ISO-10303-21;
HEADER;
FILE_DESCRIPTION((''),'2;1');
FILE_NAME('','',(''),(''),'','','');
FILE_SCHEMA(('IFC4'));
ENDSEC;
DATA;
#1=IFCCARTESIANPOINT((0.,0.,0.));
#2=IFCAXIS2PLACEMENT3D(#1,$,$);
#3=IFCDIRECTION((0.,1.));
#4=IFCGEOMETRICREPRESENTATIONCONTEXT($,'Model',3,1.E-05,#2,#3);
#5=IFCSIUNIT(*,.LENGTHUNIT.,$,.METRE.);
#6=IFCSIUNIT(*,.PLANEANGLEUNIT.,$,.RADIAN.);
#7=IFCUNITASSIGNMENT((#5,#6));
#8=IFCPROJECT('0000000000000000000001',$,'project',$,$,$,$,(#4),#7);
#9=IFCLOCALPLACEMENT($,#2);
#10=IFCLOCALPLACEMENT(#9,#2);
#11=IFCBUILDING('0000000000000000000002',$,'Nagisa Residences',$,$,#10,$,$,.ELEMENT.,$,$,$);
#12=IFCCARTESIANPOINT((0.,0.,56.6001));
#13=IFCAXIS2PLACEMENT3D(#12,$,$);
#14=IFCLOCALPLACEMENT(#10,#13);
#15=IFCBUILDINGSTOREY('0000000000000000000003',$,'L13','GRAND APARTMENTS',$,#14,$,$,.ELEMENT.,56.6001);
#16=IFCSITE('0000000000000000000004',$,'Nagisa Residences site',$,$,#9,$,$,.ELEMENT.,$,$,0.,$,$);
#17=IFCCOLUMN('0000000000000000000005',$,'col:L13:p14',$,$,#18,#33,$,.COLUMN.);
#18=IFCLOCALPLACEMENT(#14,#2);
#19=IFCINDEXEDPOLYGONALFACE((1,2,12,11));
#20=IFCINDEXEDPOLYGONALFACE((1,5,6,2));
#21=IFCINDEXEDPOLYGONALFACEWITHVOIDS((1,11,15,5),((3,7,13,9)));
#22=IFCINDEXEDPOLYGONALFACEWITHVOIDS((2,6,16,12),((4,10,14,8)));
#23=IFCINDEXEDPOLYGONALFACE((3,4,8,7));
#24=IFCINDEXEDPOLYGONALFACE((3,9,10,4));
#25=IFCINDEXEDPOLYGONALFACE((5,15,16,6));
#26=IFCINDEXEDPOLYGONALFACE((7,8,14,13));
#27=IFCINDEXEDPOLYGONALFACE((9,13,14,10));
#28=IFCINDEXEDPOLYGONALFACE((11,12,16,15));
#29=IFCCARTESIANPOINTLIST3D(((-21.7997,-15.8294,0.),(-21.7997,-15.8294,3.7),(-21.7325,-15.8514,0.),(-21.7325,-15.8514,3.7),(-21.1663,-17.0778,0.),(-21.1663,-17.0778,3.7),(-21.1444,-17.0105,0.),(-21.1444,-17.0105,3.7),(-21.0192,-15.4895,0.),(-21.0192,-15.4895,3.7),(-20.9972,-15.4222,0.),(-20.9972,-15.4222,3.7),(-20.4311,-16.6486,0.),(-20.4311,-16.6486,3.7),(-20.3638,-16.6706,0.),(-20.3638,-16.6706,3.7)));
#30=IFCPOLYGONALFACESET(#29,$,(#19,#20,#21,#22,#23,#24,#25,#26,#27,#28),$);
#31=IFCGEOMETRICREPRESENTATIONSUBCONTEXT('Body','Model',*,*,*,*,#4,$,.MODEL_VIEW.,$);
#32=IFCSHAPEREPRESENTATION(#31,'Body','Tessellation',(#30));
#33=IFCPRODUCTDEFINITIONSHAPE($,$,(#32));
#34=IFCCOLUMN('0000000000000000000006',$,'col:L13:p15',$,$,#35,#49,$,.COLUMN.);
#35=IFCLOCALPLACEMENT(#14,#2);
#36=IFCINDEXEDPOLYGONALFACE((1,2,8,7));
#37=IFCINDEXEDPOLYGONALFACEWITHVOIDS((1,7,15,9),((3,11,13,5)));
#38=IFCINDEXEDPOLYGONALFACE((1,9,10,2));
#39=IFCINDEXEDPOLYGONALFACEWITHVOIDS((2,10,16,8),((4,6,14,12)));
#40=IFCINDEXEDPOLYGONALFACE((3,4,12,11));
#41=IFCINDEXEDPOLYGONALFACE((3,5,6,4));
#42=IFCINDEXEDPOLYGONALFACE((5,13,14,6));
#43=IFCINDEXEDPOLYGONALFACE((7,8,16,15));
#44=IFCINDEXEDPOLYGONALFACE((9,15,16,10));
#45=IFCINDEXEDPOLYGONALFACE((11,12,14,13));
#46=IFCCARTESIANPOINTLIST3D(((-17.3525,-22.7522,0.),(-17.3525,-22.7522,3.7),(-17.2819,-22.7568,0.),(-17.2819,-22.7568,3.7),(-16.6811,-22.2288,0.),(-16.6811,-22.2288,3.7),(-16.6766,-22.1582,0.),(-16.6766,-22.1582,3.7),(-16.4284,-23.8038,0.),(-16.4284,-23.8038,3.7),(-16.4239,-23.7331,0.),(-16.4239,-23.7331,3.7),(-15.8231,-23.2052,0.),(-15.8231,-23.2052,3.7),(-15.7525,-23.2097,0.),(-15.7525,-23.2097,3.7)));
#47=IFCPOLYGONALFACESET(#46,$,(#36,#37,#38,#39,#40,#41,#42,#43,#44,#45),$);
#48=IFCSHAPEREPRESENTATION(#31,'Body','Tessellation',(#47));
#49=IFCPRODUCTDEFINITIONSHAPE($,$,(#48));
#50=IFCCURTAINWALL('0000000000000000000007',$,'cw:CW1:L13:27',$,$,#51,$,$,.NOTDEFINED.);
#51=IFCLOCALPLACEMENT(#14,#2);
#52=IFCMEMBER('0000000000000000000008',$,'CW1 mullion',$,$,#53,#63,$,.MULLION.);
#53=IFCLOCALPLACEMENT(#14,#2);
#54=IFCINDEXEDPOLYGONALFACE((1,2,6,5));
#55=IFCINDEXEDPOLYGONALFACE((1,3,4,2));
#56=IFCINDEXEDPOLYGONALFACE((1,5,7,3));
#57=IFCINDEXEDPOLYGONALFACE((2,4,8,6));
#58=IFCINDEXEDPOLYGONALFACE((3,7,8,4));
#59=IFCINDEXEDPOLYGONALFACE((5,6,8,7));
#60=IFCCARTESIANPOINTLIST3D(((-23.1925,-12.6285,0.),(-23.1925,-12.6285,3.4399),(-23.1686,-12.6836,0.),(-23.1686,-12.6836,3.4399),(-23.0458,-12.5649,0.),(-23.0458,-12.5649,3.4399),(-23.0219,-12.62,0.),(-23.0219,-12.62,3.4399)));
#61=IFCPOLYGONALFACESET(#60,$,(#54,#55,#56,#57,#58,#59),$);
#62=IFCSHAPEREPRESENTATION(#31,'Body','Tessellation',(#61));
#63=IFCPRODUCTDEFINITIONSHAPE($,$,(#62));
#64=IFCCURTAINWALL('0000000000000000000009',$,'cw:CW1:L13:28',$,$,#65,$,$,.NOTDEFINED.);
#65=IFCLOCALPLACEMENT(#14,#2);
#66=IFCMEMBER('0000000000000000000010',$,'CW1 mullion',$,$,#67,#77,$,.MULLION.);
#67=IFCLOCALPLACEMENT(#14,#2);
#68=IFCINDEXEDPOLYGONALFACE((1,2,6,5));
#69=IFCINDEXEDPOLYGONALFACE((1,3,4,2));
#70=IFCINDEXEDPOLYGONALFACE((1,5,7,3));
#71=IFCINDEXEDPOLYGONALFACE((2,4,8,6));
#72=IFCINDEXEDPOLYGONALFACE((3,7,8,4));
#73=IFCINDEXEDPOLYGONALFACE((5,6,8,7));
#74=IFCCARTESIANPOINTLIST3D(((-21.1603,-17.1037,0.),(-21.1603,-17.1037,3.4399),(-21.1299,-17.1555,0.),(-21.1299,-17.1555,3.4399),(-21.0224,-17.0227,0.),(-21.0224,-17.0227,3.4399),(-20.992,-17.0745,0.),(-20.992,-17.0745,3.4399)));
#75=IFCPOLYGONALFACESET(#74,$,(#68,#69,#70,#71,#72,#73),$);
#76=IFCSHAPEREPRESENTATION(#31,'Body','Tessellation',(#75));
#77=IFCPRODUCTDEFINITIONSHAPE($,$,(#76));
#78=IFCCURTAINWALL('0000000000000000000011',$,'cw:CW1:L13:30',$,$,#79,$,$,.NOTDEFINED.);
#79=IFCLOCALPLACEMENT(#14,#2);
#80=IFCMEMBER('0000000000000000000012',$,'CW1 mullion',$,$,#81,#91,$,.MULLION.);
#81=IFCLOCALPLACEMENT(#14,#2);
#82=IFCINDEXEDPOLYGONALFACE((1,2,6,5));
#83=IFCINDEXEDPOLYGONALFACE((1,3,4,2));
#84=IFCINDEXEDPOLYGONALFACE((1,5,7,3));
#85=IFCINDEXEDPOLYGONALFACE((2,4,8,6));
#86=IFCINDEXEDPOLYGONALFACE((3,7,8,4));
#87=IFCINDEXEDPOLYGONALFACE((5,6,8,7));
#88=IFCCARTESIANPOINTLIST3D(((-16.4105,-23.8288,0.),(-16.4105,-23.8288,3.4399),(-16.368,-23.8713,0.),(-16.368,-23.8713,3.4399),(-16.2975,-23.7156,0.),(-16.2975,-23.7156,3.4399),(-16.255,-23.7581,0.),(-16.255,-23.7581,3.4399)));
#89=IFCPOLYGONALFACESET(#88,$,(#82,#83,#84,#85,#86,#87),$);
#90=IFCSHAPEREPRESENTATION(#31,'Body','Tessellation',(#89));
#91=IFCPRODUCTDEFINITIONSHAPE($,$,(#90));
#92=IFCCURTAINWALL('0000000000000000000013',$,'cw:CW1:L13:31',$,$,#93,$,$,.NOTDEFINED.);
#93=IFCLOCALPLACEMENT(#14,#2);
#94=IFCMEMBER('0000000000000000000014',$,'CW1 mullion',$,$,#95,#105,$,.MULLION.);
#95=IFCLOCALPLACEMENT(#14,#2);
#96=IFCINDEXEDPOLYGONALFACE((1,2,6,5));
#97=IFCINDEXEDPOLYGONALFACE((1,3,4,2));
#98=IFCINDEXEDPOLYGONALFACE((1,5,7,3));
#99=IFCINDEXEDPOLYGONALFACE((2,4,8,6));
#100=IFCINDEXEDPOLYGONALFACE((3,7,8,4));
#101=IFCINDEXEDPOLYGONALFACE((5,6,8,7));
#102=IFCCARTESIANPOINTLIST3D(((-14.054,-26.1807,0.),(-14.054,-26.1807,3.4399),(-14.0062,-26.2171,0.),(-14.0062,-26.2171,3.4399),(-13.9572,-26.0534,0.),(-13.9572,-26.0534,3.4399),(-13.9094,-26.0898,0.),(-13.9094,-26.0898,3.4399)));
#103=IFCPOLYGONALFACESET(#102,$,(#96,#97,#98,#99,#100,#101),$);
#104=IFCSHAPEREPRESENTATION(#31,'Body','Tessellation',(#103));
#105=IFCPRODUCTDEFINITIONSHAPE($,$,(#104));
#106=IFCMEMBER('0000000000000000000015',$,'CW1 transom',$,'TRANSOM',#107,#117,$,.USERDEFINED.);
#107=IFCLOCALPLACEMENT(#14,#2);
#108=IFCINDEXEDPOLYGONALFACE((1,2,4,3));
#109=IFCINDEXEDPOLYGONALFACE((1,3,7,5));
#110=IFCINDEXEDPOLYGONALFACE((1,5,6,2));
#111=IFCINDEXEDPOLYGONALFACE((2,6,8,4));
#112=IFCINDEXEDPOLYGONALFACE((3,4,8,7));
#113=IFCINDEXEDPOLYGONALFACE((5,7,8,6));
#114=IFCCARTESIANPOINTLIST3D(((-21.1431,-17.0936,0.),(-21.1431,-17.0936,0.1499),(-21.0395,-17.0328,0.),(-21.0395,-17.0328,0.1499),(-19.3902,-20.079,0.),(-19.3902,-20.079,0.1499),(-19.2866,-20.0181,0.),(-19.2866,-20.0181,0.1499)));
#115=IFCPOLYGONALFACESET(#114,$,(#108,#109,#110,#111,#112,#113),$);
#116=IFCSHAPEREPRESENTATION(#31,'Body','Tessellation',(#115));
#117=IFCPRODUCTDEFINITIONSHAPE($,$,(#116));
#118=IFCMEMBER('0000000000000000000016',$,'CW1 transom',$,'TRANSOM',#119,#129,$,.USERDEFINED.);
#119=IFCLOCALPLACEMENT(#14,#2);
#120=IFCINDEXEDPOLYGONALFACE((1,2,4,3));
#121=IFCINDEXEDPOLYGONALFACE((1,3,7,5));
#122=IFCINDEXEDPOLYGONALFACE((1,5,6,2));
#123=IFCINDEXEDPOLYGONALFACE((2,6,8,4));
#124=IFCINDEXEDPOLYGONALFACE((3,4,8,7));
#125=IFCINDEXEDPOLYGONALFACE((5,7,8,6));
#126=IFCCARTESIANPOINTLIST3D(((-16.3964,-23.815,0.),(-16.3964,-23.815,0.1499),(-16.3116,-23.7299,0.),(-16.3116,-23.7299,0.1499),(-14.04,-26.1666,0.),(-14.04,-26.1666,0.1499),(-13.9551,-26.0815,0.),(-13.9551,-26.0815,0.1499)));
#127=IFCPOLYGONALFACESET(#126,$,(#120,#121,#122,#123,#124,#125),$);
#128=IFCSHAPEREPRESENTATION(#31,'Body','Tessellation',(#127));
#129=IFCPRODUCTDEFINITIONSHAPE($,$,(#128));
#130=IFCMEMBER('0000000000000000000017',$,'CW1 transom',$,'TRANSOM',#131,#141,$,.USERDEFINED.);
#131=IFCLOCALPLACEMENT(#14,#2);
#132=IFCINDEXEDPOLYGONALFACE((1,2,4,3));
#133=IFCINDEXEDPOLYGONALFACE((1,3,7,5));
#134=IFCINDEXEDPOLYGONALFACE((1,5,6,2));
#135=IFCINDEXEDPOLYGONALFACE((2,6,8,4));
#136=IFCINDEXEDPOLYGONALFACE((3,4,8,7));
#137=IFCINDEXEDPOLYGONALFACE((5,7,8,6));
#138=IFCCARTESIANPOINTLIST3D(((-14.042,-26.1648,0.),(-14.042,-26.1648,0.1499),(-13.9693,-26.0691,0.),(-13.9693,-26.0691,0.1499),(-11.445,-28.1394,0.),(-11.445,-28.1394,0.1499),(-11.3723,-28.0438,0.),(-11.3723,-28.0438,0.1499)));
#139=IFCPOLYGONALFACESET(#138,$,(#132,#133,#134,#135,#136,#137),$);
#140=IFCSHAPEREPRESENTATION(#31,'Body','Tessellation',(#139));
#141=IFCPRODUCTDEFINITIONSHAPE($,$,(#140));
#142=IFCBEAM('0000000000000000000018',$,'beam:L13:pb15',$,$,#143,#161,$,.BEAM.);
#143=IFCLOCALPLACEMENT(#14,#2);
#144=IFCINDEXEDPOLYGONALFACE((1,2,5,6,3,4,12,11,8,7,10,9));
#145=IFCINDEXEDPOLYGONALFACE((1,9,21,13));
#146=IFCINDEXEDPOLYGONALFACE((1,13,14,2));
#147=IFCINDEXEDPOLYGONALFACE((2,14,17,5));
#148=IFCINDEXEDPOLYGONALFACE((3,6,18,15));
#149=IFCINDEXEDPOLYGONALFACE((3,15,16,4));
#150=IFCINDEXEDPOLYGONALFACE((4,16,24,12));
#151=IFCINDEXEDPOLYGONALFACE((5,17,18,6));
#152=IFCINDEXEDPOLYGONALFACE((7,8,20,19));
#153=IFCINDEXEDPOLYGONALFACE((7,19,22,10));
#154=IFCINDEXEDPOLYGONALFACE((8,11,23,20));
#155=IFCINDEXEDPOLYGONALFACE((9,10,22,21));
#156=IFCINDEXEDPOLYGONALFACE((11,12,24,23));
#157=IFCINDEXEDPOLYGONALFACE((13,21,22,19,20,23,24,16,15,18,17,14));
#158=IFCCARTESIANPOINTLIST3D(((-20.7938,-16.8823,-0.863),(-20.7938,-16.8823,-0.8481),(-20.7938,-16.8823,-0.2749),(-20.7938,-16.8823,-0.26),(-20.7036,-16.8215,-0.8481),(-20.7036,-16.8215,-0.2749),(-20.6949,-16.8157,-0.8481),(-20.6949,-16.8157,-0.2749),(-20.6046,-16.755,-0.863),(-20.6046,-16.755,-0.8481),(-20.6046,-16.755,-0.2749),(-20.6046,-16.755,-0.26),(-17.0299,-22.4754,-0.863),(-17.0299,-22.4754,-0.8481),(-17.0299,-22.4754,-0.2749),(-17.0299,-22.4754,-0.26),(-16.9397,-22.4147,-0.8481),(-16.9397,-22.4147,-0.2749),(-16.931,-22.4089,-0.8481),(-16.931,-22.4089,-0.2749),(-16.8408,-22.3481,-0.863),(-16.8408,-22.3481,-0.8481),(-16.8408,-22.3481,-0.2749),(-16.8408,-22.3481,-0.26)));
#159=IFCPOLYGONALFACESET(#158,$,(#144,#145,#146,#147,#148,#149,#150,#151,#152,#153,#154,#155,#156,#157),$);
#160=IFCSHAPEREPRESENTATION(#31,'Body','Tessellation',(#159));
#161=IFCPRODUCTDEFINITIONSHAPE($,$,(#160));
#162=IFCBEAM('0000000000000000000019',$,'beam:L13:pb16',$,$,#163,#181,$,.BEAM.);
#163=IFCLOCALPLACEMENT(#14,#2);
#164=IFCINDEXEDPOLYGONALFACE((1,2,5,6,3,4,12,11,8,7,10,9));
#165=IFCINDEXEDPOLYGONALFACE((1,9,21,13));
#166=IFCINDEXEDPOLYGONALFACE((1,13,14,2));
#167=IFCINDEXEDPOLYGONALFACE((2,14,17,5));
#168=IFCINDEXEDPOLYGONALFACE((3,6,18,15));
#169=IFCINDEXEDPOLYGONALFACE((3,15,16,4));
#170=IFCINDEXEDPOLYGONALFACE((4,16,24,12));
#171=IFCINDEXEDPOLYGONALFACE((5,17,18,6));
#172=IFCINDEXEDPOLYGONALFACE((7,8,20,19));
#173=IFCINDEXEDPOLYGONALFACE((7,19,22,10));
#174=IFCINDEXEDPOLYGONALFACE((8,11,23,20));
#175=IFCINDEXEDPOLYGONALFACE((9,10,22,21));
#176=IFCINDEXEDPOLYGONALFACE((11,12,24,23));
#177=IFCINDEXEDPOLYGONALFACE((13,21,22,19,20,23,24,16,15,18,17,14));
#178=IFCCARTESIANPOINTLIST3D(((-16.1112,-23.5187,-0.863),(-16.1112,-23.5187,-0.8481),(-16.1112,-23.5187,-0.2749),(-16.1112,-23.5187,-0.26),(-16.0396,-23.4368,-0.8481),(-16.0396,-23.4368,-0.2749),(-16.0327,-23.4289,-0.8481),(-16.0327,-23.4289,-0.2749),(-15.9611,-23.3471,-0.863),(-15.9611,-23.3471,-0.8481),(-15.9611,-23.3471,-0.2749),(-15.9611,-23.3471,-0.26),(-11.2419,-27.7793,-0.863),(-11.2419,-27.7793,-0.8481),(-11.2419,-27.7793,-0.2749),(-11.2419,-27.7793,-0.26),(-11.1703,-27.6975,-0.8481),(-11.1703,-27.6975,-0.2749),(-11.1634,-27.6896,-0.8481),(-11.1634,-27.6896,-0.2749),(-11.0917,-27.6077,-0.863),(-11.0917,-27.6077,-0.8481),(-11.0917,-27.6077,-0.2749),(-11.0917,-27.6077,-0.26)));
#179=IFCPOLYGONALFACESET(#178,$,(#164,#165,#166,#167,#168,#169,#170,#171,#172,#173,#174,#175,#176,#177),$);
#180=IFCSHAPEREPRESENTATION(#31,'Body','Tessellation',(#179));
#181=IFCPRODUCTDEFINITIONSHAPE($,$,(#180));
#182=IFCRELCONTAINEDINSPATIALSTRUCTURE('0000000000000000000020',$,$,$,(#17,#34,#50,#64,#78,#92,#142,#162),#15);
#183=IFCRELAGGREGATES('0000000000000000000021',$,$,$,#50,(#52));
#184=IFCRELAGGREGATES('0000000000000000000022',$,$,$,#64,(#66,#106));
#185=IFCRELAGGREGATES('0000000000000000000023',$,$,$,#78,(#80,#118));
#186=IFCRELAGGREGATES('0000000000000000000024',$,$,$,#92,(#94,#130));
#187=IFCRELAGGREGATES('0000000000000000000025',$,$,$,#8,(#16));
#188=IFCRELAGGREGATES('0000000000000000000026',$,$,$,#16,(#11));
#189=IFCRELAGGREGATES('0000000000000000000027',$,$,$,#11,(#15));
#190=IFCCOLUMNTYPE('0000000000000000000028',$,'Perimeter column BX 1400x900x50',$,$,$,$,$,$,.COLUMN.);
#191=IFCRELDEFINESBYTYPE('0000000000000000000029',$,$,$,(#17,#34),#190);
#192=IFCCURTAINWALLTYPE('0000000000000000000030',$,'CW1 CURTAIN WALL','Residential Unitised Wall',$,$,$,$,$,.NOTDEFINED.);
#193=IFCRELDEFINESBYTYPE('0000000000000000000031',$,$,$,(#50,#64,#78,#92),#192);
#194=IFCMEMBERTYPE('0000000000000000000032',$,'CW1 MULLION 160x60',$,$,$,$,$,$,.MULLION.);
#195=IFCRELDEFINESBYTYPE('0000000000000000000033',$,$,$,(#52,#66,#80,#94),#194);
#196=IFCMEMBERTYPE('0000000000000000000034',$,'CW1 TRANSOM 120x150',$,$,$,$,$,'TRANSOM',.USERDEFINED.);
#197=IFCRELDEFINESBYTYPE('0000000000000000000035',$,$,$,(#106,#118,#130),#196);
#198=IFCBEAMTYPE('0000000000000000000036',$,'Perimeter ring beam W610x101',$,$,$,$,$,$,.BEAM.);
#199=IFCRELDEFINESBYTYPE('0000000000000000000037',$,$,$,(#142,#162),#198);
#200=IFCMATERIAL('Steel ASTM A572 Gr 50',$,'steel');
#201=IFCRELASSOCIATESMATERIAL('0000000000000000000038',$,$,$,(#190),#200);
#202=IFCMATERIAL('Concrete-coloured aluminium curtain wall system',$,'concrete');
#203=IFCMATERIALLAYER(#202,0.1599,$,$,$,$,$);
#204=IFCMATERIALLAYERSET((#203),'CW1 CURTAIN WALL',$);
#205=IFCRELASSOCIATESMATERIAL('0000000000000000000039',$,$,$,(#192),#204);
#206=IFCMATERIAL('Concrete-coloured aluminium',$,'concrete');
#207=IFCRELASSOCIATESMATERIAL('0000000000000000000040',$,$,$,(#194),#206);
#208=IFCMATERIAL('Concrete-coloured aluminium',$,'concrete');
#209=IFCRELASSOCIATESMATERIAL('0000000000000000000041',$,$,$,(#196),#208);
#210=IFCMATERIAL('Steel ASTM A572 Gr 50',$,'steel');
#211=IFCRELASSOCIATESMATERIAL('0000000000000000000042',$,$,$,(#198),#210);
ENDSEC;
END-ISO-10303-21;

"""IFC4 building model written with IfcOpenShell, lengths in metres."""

from ifc_helpers import new_model, si_unit, direction, frame, origin, origin_2d, place, context, subcontext, project, spatial, rectangle, hollow_rectangle, i_section, extrude, material, layer, layer_set, material_profile, profile_set, type_object, element, aggregate, save


model = new_model("IFC4")

# Units and contexts
model_context = context("Model", 3, precision=1e-05, world=origin(), true_north=direction((0.0, 1.0)))
body_context = subcontext(model_context, "Body", "Model", "MODEL_VIEW")
ifc_project = project(units=[si_unit("LENGTHUNIT", "METRE"), si_unit("PLANEANGLEUNIT", "RADIAN")], contexts=[model_context])

# Site, building, storey
site_placement = place(None, origin())
site = spatial("IfcSite", under=ifc_project, at=site_placement, Name="Nagisa Residences site", CompositionType="ELEMENT", RefElevation=0.0)
building_placement = place(site_placement, origin())
building = spatial("IfcBuilding", under=site, at=building_placement, Name="Nagisa Residences", CompositionType="ELEMENT")
storey_placement = place(building_placement, frame((0.0, 0.0, 56.6001)))
storey = spatial("IfcBuildingStorey", under=building, at=storey_placement, Name="L13", Description="GRAND APARTMENTS", CompositionType="ELEMENT", Elevation=56.6001)

# Columns
ifc_material_1 = material(Name="Steel ASTM A572 Gr 50", Category="steel")
ifc_material_profile_1 = material_profile(ifc_material_1, hollow_rectangle(XDim=1.3999, YDim=0.8999, WallThickness=0.05, at=origin_2d()), Name="BX 1400x900x50")
ifc_profile_set_1 = profile_set([ifc_material_profile_1], Name="Steel ASTM A572 Gr 50")
column_type = type_object("IfcColumnType", Name="Perimeter column BX 1400x900x50", PredefinedType="COLUMN", material=ifc_profile_set_1)
for number, where, z_axis, x_axis, name in (
    (1, (-21.0818, -16.25, 0.0), (0.0, 0.0, 1.0), (0.452463, -0.891783, 0.0), "col:L13:p14"),
    (2, (-16.5525, -22.981, 0.0), (0.0, 0.0, 1.0), (0.660115, -0.751165, 0.0), "col:L13:p15"),
):
    element("IfcColumn", number, at=place(storey_placement, frame(where, z_axis=z_axis, x_axis=x_axis)), inside=storey, type_object=column_type, Name=name, PredefinedType="COLUMN", context=body_context, shape_type="SweptSolid", body=[
        extrude(hollow_rectangle(XDim=1.3999, YDim=0.8999, WallThickness=0.05, at=origin_2d()), origin(), (0.0, 0.0, 1.0), 3.7),
    ])

# Curtain walls, members
ifc_material_2 = material(Name="Concrete-coloured aluminium curtain wall system", Category="concrete")
ifc_layer_1 = layer(ifc_material_2, 0.1599)
ifc_layer_set_1 = layer_set([ifc_layer_1], Name="CW1 CURTAIN WALL")
curtain_wall_type = type_object("IfcCurtainWallType", Name="CW1 CURTAIN WALL", Description="Residential Unitised Wall", PredefinedType="NOTDEFINED", material=ifc_layer_set_1)
curtain_wall_1_placement = place(storey_placement, origin())
curtain_wall_1 = element("IfcCurtainWall", 3, at=curtain_wall_1_placement, inside=storey, type_object=curtain_wall_type, Name="cw:CW1:L13:27", PredefinedType="NOTDEFINED")
ifc_material_3 = material(Name="Concrete-coloured aluminium", Category="concrete")
ifc_material_profile_2 = material_profile(ifc_material_3, rectangle(XDim=0.1599, YDim=0.0601, at=origin_2d()), Name="CW1 MULLION 160x60")
ifc_profile_set_2 = profile_set([ifc_material_profile_2], Name="Concrete-coloured aluminium")
member_type_1 = type_object("IfcMemberType", Name="CW1 MULLION 160x60", PredefinedType="MULLION", material=ifc_profile_set_2)
member_1_placement = place(storey_placement, frame((-23.1072, -12.6243, 0.0), z_axis=(0.0, 0.0, 1.0), x_axis=(0.917543, 0.397636, 0.0)))
member_1 = element("IfcMember", 4, at=member_1_placement, type_object=member_type_1, Name="CW1 mullion", PredefinedType="MULLION", context=body_context, shape_type="SweptSolid", body=[
    extrude(rectangle(XDim=0.1599, YDim=0.0601, at=origin_2d()), origin(), (0.0, 0.0, 1.0), 3.4399),
])
curtain_wall_2_placement = place(storey_placement, origin())
curtain_wall_2 = element("IfcCurtainWall", 5, at=curtain_wall_2_placement, inside=storey, type_object=curtain_wall_type, Name="cw:CW1:L13:28", PredefinedType="NOTDEFINED")
member_2_placement = place(storey_placement, frame((-21.0762, -17.0891, 0.0), z_axis=(0.0, 0.0, 1.0), x_axis=(0.862329, 0.506349, 0.0)))
member_2 = element("IfcMember", 6, at=member_2_placement, type_object=member_type_1, Name="CW1 mullion", PredefinedType="MULLION", context=body_context, shape_type="SweptSolid", body=[
    extrude(rectangle(XDim=0.1599, YDim=0.0601, at=origin_2d()), origin(), (0.0, 0.0, 1.0), 3.4399),
])
curtain_wall_3_placement = place(storey_placement, origin())
curtain_wall_3 = element("IfcCurtainWall", 7, at=curtain_wall_3_placement, inside=storey, type_object=curtain_wall_type, Name="cw:CW1:L13:30", PredefinedType="NOTDEFINED")
member_3_placement = place(storey_placement, frame((-16.3328, -23.7935, 0.0), z_axis=(0.0, 0.0, 1.0), x_axis=(0.706377, 0.707836, 0.0)))
member_3 = element("IfcMember", 8, at=member_3_placement, type_object=member_type_1, Name="CW1 mullion", PredefinedType="MULLION", context=body_context, shape_type="SweptSolid", body=[
    extrude(rectangle(XDim=0.1599, YDim=0.0601, at=origin_2d()), origin(), (0.0, 0.0, 1.0), 3.4399),
])
curtain_wall_4_placement = place(storey_placement, origin())
curtain_wall_4 = element("IfcCurtainWall", 9, at=curtain_wall_4_placement, inside=storey, type_object=curtain_wall_type, Name="cw:CW1:L13:31", PredefinedType="NOTDEFINED")
member_4_placement = place(storey_placement, frame((-13.9817, -26.1353, 0.0), z_axis=(0.0, 0.0, 1.0), x_axis=(0.605255, 0.796031, 0.0)))
member_4 = element("IfcMember", 10, at=member_4_placement, type_object=member_type_1, Name="CW1 mullion", PredefinedType="MULLION", context=body_context, shape_type="SweptSolid", body=[
    extrude(rectangle(XDim=0.1599, YDim=0.0601, at=origin_2d()), origin(), (0.0, 0.0, 1.0), 3.4399),
])

# Members
ifc_material_4 = material(Name="Concrete-coloured aluminium", Category="concrete")
ifc_material_profile_3 = material_profile(ifc_material_4, rectangle(XDim=0.1201, YDim=0.1499, at=origin_2d()), Name="CW1 TRANSOM 120x150")
ifc_profile_set_3 = profile_set([ifc_material_profile_3], Name="Concrete-coloured aluminium")
member_type_2 = type_object("IfcMemberType", Name="CW1 TRANSOM 120x150", ElementType="TRANSOM", PredefinedType="USERDEFINED", material=ifc_profile_set_3)
member_5_placement = place(storey_placement, frame((-21.0913, -17.0632, 0.075), z_axis=(0.506342, -0.862333, 0.0), x_axis=(0.862333, 0.506342, 0.0)))
member_5 = element("IfcMember", 11, at=member_5_placement, type_object=member_type_2, Name="CW1 transom", ObjectType="TRANSOM", PredefinedType="USERDEFINED", context=body_context, shape_type="SweptSolid", body=[
    extrude(rectangle(XDim=0.1201, YDim=0.1499, at=origin_2d()), origin(), (0.0, 0.0, 1.0), 3.4619),
])
member_6_placement = place(storey_placement, frame((-16.354, -23.7725, 0.075), z_axis=(0.70784, -0.706373, 0.0), x_axis=(0.706373, 0.70784, 0.0)))
member_6 = element("IfcMember", 12, at=member_6_placement, type_object=member_type_2, Name="CW1 transom", ObjectType="TRANSOM", PredefinedType="USERDEFINED", context=body_context, shape_type="SweptSolid", body=[
    extrude(rectangle(XDim=0.1201, YDim=0.1499, at=origin_2d()), origin(), (0.0, 0.0, 1.0), 3.3291),
])
member_7_placement = place(storey_placement, frame((-14.0056, -26.1169, 0.075), z_axis=(0.796022, -0.605267, 0.0), x_axis=(0.605267, 0.796022, 0.0)))
member_7 = element("IfcMember", 13, at=member_7_placement, type_object=member_type_2, Name="CW1 transom", ObjectType="TRANSOM", PredefinedType="USERDEFINED", context=body_context, shape_type="SweptSolid", body=[
    extrude(rectangle(XDim=0.1201, YDim=0.1499, at=origin_2d()), origin(), (0.0, 0.0, 1.0), 3.2625),
])

# Beams
ifc_material_5 = material(Name="Steel ASTM A572 Gr 50", Category="steel")
ifc_material_profile_4 = material_profile(ifc_material_5, i_section(OverallWidth=0.228, OverallDepth=0.603, WebThickness=0.0105, FlangeThickness=0.0149, at=origin_2d()), Name="W610x101")
ifc_profile_set_4 = profile_set([ifc_material_profile_4], Name="Steel ASTM A572 Gr 50")
beam_type_1 = type_object("IfcBeamType", Name="Perimeter ring beam W610x101", PredefinedType="BEAM", material=ifc_profile_set_4)
beam_1_placement = place(storey_placement, frame((-20.6992, -16.8186, -0.5615), z_axis=(0.558297, -0.829641, 0.0), x_axis=(0.829641, 0.558297, 0.0)))
element("IfcBeam", 14, at=beam_1_placement, inside=storey, type_object=beam_type_1, Name="beam:L13:pb15", PredefinedType="BEAM", context=body_context, shape_type="SweptSolid", body=[
    extrude(i_section(OverallWidth=0.228, OverallDepth=0.603, WebThickness=0.0105, FlangeThickness=0.0149, at=origin_2d()), origin(), (0.0, 0.0, 1.0), 6.7417),
])
beam_2_placement = place(storey_placement, frame((-16.0361, -23.4329, -0.5615), z_axis=(0.752574, -0.658507, 0.0), x_axis=(0.658507, 0.752574, 0.0)))
element("IfcBeam", 15, at=beam_2_placement, inside=storey, type_object=beam_type_1, Name="beam:L13:pb16", PredefinedType="BEAM", context=body_context, shape_type="SweptSolid", body=[
    extrude(i_section(OverallWidth=0.228, OverallDepth=0.603, WebThickness=0.0105, FlangeThickness=0.0149, at=origin_2d()), origin(), (0.0, 0.0, 1.0), 6.4702),
])

aggregate(curtain_wall_1, [member_1])
aggregate(curtain_wall_2, [member_2, member_5])
aggregate(curtain_wall_3, [member_3, member_6])
aggregate(curtain_wall_4, [member_4, member_7])

save(model, "model.ifc")
